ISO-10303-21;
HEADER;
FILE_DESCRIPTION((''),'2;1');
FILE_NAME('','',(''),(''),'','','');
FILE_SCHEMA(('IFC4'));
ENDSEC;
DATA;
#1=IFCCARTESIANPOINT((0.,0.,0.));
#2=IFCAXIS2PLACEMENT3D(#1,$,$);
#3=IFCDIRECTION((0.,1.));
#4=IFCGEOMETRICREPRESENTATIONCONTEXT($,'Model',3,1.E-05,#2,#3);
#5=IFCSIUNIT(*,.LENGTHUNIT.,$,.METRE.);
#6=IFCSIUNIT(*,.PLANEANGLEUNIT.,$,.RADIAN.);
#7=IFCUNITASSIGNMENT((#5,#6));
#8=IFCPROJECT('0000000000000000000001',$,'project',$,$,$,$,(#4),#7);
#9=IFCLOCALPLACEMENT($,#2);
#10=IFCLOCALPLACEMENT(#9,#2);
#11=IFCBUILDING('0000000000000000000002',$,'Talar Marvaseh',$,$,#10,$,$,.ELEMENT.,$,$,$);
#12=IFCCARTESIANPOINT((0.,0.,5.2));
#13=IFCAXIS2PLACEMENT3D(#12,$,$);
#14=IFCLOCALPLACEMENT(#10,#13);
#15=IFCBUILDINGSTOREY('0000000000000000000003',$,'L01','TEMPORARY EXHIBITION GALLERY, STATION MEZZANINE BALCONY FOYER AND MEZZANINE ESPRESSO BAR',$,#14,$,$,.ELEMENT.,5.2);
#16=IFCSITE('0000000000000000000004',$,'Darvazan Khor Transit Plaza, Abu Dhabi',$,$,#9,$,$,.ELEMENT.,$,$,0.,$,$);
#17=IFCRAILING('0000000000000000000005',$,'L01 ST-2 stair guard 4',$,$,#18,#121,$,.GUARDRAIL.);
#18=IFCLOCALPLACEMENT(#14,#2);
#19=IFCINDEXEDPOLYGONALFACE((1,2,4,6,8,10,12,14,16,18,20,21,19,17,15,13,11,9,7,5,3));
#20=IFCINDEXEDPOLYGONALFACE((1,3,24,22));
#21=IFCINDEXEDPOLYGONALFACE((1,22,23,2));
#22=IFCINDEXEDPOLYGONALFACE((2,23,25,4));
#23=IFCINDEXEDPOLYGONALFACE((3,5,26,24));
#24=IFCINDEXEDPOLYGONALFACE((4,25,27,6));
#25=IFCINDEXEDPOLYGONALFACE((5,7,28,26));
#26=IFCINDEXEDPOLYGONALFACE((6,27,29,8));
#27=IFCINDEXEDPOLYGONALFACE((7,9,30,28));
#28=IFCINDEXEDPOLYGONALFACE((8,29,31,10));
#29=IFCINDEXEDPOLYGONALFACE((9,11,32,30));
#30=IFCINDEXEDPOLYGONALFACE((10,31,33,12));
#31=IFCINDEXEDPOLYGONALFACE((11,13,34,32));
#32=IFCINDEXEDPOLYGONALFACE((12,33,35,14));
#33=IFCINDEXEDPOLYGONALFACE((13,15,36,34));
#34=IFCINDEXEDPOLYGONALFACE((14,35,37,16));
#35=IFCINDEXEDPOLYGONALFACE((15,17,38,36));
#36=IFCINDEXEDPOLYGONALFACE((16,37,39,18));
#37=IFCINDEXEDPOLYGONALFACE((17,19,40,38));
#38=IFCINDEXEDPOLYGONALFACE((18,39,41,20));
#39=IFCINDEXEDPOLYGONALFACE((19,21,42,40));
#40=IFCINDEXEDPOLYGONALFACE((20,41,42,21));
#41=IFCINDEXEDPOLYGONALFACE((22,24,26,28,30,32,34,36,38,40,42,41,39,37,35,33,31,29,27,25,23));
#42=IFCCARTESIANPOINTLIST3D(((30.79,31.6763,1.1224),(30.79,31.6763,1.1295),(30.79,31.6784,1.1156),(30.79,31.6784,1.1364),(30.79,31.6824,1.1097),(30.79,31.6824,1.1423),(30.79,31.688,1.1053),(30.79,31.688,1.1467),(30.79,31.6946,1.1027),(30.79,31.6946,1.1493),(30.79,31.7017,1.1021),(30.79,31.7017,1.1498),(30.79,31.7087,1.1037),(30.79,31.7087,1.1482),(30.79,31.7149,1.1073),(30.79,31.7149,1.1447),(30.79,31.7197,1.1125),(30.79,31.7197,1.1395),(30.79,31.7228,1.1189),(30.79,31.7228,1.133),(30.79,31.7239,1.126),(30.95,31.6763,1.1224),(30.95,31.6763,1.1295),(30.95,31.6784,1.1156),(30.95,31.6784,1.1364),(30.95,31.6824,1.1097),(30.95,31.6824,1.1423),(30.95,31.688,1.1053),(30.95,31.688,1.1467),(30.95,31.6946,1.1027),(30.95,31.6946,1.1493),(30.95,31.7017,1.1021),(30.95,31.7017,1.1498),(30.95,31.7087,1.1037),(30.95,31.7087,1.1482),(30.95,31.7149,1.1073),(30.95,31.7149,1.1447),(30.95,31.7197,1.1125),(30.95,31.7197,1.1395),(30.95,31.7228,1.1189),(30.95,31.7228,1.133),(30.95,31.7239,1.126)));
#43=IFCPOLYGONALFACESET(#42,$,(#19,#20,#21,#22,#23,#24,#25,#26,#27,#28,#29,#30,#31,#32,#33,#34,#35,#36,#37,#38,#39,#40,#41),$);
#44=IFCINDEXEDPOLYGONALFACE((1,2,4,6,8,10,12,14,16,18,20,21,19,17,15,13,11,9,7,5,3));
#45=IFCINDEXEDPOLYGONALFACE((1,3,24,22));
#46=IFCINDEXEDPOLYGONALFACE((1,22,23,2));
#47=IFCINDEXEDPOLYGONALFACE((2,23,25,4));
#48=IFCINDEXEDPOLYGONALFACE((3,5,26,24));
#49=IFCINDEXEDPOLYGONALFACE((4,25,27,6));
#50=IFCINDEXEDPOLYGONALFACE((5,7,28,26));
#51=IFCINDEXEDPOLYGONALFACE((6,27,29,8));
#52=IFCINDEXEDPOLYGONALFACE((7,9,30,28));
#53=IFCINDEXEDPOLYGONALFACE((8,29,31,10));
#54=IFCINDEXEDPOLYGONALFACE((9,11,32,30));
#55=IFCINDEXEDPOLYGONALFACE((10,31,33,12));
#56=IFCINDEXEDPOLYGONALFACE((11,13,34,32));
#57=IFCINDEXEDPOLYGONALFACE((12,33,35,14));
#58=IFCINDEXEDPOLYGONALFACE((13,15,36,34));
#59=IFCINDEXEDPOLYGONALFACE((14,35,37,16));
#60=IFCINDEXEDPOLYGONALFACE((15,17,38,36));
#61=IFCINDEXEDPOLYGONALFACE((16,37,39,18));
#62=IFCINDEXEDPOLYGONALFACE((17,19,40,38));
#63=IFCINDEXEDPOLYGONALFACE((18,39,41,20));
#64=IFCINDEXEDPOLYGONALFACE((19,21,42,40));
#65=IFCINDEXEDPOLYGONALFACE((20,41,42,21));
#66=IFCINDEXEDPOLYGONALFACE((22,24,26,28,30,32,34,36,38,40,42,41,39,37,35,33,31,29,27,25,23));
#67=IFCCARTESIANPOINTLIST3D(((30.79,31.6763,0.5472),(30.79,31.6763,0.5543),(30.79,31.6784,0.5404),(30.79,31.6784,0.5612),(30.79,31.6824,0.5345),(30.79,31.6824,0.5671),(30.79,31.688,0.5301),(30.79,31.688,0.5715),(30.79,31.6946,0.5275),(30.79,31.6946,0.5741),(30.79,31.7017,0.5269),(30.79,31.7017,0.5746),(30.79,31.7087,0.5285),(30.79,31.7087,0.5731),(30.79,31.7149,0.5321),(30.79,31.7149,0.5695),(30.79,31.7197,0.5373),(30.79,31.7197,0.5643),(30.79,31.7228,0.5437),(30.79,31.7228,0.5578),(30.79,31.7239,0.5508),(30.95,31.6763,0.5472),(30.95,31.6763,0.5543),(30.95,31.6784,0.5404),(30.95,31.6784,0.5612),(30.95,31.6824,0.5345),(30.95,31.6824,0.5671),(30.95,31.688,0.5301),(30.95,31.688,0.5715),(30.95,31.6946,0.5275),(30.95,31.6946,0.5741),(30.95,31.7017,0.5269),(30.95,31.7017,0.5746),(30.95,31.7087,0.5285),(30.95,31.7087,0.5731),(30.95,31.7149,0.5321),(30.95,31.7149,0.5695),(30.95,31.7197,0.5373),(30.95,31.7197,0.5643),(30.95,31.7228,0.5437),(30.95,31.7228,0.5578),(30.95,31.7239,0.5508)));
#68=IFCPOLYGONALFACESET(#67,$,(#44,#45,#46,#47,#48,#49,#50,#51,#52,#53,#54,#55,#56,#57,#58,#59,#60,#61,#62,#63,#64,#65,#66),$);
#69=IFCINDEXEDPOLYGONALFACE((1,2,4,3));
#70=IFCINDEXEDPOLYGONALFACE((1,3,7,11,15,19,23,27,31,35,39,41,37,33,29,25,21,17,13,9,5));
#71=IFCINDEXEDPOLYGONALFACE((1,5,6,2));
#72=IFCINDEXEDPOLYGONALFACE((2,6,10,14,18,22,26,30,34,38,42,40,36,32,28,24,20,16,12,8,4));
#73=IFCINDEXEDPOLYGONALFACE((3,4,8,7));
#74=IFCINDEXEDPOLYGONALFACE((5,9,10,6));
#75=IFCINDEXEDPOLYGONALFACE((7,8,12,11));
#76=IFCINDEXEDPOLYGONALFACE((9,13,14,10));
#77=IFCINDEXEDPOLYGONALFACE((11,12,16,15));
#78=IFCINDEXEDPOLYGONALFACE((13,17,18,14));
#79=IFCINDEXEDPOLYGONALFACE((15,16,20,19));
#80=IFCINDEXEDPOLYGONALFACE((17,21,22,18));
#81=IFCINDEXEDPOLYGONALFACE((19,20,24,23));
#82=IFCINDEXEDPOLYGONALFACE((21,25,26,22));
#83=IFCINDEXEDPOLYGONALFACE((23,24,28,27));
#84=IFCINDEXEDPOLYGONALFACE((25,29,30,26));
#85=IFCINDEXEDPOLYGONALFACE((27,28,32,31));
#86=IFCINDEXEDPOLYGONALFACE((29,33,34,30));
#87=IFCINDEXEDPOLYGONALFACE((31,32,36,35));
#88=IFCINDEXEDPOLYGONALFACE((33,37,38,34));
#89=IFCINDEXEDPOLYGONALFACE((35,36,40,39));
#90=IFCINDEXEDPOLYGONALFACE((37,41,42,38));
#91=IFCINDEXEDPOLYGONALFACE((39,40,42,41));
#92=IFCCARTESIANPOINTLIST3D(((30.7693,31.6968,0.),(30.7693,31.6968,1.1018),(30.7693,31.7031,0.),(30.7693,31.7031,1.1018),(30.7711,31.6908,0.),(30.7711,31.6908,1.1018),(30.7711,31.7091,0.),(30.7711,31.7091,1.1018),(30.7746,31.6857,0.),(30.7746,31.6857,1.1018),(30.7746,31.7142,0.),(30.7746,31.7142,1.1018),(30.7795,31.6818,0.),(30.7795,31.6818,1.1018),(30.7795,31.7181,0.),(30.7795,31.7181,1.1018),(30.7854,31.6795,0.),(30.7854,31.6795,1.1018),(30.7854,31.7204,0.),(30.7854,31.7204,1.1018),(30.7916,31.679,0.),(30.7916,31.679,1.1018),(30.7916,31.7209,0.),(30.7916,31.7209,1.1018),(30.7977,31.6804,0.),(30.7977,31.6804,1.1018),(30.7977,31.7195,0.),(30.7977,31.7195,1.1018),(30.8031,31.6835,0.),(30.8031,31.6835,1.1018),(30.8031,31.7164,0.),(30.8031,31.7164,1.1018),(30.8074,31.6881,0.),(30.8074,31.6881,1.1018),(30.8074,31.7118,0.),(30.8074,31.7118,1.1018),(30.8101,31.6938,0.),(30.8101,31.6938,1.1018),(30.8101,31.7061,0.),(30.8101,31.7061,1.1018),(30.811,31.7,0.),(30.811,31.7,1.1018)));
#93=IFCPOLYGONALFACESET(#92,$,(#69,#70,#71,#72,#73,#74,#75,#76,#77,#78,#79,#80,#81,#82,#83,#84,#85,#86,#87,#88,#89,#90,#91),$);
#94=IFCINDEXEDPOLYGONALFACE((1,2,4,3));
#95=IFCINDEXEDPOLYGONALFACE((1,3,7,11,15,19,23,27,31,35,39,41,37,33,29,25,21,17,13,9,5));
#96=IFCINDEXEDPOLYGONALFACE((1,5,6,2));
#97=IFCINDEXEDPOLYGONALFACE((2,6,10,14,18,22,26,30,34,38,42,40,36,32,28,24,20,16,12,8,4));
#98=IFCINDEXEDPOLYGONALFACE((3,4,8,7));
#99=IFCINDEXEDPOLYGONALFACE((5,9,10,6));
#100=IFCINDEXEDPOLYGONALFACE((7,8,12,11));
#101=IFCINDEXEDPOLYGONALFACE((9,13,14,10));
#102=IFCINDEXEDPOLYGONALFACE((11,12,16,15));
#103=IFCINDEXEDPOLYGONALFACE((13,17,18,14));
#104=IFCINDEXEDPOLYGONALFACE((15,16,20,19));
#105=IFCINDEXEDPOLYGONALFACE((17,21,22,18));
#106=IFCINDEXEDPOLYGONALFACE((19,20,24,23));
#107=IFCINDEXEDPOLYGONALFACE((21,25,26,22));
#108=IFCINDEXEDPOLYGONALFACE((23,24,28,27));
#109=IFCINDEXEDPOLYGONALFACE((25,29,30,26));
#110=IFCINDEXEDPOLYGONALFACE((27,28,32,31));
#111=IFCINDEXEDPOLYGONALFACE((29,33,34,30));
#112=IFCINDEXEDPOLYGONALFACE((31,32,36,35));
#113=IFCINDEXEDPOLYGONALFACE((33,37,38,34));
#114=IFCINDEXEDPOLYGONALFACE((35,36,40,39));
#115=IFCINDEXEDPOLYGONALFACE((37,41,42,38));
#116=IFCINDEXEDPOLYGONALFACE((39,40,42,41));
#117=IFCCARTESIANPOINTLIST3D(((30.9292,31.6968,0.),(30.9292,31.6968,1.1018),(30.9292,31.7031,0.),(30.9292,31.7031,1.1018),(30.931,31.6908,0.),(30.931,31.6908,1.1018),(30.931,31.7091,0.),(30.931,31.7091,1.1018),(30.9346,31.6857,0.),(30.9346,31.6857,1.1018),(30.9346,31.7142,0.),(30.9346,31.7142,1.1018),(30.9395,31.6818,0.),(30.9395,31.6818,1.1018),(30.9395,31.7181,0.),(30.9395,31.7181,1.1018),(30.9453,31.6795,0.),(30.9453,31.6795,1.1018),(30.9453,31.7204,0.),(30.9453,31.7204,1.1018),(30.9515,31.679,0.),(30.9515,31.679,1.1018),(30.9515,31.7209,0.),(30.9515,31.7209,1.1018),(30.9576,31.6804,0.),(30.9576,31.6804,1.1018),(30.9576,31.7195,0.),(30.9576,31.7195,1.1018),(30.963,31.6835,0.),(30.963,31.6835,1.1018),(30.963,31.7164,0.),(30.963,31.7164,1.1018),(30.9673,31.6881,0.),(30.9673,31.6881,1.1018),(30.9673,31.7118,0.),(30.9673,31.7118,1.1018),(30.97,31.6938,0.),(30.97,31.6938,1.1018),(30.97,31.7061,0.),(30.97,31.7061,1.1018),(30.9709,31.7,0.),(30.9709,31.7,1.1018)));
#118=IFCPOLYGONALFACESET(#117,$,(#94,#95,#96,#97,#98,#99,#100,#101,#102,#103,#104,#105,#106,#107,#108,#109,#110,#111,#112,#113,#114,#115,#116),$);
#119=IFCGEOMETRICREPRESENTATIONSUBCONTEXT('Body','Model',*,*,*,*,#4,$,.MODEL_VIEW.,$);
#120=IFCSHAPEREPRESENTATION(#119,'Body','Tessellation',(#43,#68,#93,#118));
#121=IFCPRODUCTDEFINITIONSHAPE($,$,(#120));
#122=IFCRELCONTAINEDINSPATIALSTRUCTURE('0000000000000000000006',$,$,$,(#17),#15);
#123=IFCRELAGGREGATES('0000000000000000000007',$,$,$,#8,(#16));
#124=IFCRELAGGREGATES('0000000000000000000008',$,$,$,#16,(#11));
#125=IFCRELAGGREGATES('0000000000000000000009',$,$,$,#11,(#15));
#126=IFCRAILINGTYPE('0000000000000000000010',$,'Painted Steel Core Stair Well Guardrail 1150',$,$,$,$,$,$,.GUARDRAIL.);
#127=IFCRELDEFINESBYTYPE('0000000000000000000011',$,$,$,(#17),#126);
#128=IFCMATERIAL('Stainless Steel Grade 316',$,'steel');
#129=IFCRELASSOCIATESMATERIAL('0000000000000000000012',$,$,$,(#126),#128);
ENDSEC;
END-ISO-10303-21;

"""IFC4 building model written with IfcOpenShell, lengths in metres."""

from ifc_helpers import new_model, si_unit, direction, frame, origin, origin_2d, place, context, subcontext, project, spatial, circle, extrude, material, type_object, element, save


model = new_model("IFC4")

# Units and contexts
model_context = context("Model", 3, precision=1e-05, world=origin(), true_north=direction((0.0, 1.0)))
body_context = subcontext(model_context, "Body", "Model", "MODEL_VIEW")
ifc_project = project(units=[si_unit("LENGTHUNIT", "METRE"), si_unit("PLANEANGLEUNIT", "RADIAN")], contexts=[model_context])

# Site, building, storey
site_placement = place(None, origin())
site = spatial("IfcSite", under=ifc_project, at=site_placement, Name="Darvazan Khor Transit Plaza, Abu Dhabi", CompositionType="ELEMENT", RefElevation=0.0)
building_placement = place(site_placement, origin())
building = spatial("IfcBuilding", under=site, at=building_placement, Name="Talar Marvaseh", CompositionType="ELEMENT")
storey_placement = place(building_placement, frame((0.0, 0.0, 5.2)))
storey = spatial("IfcBuildingStorey", under=building, at=storey_placement, Name="L01", Description="TEMPORARY EXHIBITION GALLERY, STATION MEZZANINE BALCONY FOYER AND MEZZANINE ESPRESSO BAR", CompositionType="ELEMENT", Elevation=5.2)

# Shared definitions
ifc_material_1 = material(Name="Stainless Steel Grade 316", Category="steel")

# Railing
railing_type_1 = type_object("IfcRailingType", Name="Painted Steel Core Stair Well Guardrail 1150", PredefinedType="GUARDRAIL", material=ifc_material_1)
railing_1_placement = place(storey_placement, frame((30.79, 31.7, 0.0)))
element("IfcRailing", 1, at=railing_1_placement, inside=storey, type_object=railing_type_1, Name="L01 ST-2 stair guard 4", PredefinedType="GUARDRAIL", context=body_context, shape_type="SweptSolid", body=[
    extrude(circle(Radius=0.0239, at=origin_2d()), frame((0.0, 0.0, 1.126), z_axis=(1.0, 0.0, 0.0), x_axis=(0.0, 1.0, 0.0)), (0.0, 0.0, 1.0), 0.1599),
    extrude(circle(Radius=0.0239, at=origin_2d()), frame((0.0, 0.0, 0.5508), z_axis=(1.0, 0.0, 0.0), x_axis=(0.0, 1.0, 0.0)), (0.0, 0.0, 1.0), 0.1599),
    extrude(circle(Radius=0.021, at=origin_2d()), origin(), (0.0, 0.0, 1.0), 1.1018),
    extrude(circle(Radius=0.021, at=origin_2d()), frame((0.1599, 0.0, 0.0)), (0.0, 0.0, 1.0), 1.1018),
])

save(model, "model.ifc")
